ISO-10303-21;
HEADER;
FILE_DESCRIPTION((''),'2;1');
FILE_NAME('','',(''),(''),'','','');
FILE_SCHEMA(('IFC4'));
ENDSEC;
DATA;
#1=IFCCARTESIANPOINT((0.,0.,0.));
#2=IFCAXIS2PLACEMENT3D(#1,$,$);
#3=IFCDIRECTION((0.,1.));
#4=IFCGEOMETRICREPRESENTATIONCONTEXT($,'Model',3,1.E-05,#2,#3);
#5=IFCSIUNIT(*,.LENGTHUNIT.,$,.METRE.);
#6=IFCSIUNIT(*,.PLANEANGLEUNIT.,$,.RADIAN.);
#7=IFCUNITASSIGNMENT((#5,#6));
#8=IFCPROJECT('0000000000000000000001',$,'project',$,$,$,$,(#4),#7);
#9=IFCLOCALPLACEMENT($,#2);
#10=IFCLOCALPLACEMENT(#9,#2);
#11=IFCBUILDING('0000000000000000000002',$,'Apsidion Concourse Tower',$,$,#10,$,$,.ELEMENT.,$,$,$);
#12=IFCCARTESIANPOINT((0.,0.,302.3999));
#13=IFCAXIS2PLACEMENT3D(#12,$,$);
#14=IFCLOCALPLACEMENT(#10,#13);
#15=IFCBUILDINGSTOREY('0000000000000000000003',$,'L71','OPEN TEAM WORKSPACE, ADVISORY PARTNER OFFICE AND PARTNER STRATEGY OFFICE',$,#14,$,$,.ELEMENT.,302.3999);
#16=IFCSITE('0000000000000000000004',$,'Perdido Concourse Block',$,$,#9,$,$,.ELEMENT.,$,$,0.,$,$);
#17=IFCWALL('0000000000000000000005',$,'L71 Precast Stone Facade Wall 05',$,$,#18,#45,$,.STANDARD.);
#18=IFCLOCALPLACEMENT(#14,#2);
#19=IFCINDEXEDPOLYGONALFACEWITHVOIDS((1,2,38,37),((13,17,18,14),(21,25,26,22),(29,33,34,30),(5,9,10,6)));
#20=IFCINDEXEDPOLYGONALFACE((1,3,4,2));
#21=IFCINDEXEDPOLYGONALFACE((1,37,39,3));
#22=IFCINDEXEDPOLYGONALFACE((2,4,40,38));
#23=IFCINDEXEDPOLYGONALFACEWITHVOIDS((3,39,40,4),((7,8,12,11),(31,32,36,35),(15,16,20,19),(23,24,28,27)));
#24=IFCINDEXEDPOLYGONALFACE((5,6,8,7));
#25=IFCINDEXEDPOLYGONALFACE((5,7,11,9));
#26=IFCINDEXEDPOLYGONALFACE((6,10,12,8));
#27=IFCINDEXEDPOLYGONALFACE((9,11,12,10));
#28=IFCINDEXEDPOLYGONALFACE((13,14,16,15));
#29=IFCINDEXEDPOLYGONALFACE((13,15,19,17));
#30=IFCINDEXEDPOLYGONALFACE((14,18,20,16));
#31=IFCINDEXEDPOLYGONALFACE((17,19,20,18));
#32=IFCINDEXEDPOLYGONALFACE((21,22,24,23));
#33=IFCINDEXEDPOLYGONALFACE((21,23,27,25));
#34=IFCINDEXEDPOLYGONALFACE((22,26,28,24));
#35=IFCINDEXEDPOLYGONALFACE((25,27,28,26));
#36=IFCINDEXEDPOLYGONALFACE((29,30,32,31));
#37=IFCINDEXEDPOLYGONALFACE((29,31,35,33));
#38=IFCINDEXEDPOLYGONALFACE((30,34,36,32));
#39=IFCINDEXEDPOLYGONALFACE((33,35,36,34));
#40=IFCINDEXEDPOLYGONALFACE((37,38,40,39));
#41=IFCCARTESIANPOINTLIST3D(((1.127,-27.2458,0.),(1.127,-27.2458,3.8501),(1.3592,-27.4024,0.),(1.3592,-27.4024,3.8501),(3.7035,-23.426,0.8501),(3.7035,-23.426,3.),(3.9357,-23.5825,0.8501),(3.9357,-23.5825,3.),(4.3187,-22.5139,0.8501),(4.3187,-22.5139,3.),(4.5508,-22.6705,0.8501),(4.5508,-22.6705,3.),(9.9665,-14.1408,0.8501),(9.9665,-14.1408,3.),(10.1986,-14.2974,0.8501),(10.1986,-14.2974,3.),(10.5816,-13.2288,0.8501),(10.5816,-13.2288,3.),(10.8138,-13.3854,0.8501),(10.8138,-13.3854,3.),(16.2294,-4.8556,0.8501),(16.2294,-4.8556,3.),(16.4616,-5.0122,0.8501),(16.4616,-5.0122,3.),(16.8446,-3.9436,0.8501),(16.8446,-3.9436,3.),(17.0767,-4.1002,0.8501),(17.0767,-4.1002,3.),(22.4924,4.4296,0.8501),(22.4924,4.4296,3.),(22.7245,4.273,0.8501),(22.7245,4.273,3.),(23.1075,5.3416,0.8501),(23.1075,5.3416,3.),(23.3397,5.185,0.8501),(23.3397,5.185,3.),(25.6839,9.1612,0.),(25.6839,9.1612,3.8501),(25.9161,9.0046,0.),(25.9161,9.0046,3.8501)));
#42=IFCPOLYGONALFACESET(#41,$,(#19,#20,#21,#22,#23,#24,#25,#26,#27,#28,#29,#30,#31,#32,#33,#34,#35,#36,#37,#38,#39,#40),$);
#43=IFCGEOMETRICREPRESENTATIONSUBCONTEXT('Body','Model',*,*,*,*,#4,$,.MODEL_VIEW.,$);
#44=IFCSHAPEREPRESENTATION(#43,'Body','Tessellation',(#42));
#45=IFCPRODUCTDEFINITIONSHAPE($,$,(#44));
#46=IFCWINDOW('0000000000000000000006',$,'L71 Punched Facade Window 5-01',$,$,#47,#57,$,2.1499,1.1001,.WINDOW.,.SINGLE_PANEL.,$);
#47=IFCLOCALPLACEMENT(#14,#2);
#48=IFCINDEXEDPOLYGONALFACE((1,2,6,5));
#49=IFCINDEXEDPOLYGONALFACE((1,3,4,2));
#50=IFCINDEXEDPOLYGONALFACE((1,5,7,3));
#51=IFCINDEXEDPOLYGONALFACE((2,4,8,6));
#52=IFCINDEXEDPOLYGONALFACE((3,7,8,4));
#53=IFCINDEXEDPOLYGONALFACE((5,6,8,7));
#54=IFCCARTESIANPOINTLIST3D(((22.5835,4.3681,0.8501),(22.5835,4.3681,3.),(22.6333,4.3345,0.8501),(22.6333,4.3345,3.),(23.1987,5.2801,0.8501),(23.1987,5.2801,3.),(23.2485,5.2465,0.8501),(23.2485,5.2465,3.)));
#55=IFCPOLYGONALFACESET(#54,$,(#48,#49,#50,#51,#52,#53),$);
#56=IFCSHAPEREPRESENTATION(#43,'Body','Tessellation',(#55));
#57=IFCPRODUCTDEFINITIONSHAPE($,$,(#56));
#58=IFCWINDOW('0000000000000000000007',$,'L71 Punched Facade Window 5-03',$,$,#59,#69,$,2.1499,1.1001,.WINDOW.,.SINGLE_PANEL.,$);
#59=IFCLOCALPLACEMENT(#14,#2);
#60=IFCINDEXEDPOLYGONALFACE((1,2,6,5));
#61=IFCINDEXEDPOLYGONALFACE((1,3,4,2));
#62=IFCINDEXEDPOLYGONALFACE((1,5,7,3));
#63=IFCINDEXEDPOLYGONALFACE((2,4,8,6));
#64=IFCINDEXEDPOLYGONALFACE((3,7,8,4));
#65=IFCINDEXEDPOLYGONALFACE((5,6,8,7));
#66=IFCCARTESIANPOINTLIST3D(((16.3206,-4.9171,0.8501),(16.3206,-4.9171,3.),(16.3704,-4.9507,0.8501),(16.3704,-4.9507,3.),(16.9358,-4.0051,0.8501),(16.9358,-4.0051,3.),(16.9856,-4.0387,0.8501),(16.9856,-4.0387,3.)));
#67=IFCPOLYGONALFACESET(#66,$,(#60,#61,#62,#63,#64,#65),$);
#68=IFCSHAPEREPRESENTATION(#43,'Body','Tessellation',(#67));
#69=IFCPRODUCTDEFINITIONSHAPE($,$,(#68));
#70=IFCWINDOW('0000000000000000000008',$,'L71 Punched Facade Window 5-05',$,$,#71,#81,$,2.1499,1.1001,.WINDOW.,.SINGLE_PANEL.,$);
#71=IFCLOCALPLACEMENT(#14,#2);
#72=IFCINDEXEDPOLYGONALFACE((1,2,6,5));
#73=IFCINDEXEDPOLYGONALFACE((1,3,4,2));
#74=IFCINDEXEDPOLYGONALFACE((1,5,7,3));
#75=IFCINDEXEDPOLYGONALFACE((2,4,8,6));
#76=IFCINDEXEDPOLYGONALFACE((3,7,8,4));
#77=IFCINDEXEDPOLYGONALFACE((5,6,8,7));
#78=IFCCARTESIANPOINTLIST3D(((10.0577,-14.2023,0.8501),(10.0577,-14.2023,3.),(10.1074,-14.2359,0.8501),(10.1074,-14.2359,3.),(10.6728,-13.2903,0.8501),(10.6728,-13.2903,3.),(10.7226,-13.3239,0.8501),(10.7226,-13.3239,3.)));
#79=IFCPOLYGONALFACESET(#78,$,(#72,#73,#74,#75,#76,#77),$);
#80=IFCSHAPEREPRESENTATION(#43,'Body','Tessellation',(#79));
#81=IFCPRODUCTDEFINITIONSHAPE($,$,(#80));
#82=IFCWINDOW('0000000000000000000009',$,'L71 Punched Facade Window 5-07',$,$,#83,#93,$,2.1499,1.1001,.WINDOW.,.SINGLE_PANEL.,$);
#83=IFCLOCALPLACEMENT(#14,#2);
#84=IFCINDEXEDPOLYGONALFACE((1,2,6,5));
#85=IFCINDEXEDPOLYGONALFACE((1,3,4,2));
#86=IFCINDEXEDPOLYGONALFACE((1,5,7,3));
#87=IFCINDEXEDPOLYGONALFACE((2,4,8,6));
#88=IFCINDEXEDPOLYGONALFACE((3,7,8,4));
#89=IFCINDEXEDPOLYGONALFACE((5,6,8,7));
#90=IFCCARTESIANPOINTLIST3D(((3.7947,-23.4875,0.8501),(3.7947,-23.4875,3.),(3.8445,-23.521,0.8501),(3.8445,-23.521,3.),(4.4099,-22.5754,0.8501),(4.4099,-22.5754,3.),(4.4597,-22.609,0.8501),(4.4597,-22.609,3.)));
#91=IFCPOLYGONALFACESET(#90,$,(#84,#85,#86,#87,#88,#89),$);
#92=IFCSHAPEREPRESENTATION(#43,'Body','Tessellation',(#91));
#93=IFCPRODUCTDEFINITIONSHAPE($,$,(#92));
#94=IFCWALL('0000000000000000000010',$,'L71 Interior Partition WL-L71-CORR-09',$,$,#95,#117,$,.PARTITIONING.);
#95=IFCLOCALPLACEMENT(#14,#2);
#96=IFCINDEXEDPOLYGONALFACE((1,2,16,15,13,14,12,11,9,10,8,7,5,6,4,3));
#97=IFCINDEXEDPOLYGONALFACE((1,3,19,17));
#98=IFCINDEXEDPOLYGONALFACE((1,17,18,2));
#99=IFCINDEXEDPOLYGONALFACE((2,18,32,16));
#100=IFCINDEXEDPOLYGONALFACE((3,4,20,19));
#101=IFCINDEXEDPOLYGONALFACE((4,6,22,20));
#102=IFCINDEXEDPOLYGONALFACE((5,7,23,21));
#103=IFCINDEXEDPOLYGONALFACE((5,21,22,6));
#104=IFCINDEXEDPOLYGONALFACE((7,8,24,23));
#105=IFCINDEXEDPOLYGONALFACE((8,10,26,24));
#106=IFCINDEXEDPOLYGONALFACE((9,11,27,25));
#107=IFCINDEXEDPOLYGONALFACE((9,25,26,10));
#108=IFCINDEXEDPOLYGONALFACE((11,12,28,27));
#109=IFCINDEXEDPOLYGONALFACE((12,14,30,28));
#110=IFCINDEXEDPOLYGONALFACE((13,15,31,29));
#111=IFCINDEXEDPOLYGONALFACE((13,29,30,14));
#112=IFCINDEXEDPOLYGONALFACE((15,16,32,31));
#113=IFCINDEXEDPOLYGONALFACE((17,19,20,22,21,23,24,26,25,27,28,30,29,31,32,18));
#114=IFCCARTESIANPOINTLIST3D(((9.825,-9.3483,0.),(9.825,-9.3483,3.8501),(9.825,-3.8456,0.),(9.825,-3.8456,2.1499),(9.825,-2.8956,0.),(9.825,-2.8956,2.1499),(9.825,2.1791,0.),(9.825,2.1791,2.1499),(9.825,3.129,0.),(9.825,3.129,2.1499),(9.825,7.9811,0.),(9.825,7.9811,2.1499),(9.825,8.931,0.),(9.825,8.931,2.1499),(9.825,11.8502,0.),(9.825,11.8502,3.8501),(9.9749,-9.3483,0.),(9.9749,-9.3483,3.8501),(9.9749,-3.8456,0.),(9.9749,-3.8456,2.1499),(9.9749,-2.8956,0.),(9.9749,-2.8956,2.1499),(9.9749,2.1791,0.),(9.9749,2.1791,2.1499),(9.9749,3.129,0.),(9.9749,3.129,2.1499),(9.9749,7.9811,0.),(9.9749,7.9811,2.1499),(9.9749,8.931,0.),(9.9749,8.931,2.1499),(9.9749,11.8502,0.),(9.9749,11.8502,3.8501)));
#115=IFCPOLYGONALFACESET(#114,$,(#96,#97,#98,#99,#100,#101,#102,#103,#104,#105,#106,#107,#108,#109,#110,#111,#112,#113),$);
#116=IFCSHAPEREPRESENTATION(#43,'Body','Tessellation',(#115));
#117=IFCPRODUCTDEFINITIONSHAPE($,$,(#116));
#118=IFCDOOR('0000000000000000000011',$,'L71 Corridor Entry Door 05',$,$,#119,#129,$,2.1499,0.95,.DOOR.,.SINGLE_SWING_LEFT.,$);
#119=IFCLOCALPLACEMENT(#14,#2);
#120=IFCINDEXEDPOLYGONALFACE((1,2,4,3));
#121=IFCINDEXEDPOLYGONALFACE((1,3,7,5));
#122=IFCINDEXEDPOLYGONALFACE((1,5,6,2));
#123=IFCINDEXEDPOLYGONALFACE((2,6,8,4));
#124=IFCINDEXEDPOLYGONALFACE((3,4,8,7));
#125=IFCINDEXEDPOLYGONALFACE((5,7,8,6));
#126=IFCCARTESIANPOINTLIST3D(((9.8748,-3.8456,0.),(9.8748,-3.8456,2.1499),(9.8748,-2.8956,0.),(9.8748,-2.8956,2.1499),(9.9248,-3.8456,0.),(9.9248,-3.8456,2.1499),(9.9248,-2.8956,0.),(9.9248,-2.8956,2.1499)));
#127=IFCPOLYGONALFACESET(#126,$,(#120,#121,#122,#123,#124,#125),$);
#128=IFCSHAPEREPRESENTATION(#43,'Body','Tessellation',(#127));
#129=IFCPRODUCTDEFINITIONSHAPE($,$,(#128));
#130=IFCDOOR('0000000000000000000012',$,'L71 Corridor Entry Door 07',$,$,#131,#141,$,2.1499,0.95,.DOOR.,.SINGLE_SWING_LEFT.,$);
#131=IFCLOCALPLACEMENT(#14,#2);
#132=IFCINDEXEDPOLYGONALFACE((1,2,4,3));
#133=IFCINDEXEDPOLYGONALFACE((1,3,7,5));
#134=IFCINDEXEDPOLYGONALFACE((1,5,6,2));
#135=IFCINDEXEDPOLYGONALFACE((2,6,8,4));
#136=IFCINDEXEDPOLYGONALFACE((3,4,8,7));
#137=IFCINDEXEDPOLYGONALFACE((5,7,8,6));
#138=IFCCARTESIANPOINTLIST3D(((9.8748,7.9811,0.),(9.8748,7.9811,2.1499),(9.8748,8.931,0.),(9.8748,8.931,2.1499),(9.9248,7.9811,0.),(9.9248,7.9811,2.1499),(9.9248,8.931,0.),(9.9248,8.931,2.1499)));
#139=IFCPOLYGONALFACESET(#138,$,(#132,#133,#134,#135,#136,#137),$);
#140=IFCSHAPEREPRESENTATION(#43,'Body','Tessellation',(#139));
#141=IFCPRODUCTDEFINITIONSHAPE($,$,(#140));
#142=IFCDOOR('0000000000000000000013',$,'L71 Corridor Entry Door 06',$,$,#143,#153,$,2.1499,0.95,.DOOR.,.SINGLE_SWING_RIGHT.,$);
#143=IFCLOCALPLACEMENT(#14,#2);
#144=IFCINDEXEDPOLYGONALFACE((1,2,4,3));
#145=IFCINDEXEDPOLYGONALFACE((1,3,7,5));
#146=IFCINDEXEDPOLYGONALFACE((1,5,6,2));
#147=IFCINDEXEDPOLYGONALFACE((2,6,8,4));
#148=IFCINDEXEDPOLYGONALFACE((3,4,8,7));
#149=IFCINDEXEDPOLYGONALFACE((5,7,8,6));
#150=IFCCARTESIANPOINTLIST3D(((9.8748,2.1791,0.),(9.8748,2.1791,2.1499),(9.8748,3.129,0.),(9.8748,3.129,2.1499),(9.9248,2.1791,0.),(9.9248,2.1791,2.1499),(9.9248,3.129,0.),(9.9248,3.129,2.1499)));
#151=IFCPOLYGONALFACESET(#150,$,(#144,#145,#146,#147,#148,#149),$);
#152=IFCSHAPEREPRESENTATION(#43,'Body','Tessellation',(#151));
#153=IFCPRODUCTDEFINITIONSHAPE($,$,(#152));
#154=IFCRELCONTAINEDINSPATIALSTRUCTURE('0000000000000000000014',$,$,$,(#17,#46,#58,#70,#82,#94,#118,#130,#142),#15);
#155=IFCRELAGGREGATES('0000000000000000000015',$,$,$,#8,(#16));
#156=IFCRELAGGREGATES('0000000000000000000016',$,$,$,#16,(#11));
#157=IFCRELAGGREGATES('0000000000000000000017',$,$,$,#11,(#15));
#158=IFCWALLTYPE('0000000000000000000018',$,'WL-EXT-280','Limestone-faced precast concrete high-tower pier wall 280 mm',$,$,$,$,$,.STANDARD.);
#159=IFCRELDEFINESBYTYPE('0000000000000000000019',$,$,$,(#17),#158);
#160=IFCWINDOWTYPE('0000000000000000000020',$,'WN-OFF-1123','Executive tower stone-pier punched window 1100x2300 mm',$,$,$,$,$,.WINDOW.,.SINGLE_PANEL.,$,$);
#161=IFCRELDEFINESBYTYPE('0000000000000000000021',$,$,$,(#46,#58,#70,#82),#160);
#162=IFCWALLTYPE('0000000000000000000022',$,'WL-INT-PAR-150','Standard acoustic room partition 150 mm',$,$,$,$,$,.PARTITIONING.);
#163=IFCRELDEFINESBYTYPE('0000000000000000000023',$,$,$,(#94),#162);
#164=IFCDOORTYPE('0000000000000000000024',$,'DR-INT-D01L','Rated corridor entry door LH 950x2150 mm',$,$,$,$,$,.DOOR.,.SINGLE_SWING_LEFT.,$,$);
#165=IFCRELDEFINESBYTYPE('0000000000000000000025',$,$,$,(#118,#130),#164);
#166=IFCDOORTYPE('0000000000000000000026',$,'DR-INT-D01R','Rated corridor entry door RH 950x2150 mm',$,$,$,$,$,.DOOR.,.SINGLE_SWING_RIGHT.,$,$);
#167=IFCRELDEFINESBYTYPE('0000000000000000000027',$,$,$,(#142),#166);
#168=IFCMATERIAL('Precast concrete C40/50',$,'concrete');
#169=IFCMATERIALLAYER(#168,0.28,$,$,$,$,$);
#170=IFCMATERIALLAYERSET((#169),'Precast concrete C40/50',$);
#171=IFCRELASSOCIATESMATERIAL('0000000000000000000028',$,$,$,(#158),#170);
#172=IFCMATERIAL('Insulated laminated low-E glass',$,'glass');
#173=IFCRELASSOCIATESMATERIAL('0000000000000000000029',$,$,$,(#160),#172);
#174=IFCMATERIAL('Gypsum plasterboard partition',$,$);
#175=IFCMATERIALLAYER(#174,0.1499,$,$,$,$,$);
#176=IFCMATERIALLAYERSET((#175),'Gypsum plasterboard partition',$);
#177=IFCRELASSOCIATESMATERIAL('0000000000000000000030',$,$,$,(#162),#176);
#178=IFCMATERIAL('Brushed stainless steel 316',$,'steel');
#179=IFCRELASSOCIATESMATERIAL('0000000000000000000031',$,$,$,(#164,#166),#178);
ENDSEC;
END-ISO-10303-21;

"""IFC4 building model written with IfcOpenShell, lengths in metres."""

from ifc_helpers import new_model, si_unit, direction, frame, frame_2d, origin, place, context, subcontext, project, spatial, rectangle, extrude, material, layer, layer_set, type_object, element, fill, save


model = new_model("IFC4")

# Units and contexts
model_context = context("Model", 3, precision=1e-05, world=origin(), true_north=direction((0.0, 1.0)))
body_context = subcontext(model_context, "Body", "Model", "MODEL_VIEW")
ifc_project = project(units=[si_unit("LENGTHUNIT", "METRE"), si_unit("PLANEANGLEUNIT", "RADIAN")], contexts=[model_context])

# Site, building, storey
site_placement = place(None, origin())
site = spatial("IfcSite", under=ifc_project, at=site_placement, Name="Perdido Concourse Block", CompositionType="ELEMENT", RefElevation=0.0)
building_placement = place(site_placement, origin())
building = spatial("IfcBuilding", under=site, at=building_placement, Name="Apsidion Concourse Tower", CompositionType="ELEMENT")
storey_placement = place(building_placement, frame((0.0, 0.0, 302.3999)))
storey = spatial("IfcBuildingStorey", under=building, at=storey_placement, Name="L71", Description="OPEN TEAM WORKSPACE, ADVISORY PARTNER OFFICE AND PARTNER STRATEGY OFFICE", CompositionType="ELEMENT", Elevation=302.3999)

# Shared definitions
ifc_material_1 = material(Name="Precast concrete C40/50", Category="concrete")
ifc_layer_1 = layer(ifc_material_1, 0.28)
ifc_layer_set_1 = layer_set([ifc_layer_1], Name="Precast concrete C40/50")
wall_type_1 = type_object("IfcWallType", Name="WL-EXT-280", Description="Limestone-faced precast concrete high-tower pier wall 280 mm", PredefinedType="STANDARD", material=ifc_layer_set_1)

# Wall, openings, windows
wall_1_placement = place(storey_placement, frame((25.8, 9.083, 0.0), z_axis=(0.0, 0.0, 1.0), x_axis=(-0.559194, -0.829037, 0.0)))
wall_1 = element("IfcWall", 1, at=wall_1_placement, inside=storey, type_object=wall_type_1, Name="L71 Precast Stone Facade Wall 05", PredefinedType="STANDARD", context=body_context, shape_type="SweptSolid", body=[
    extrude(rectangle(XDim=43.9148, YDim=0.28, at=frame_2d((21.9575, 0.0))), origin(), (0.0, 0.0, 1.0), 3.8501),
])
opening_1_placement = place(wall_1_placement, frame((4.6074, 0.0, 0.8501)))
opening_1 = element("IfcOpeningElement", 2, at=opening_1_placement, cuts=wall_1, PredefinedType="OPENING", context=body_context, shape_type="SweptSolid", body=[
    extrude(rectangle(XDim=1.1001, YDim=2.1499, at=frame_2d((0.55, 1.075))), frame((0.0, 0.1499, 0.0), z_axis=(0.0, -1.0, 0.0), x_axis=(1.0, 0.0, 0.0)), (0.0, 0.0, 1.0), 0.3),
])
opening_2_placement = place(wall_1_placement, frame((15.8074, 0.0, 0.8501)))
opening_2 = element("IfcOpeningElement", 3, at=opening_2_placement, cuts=wall_1, PredefinedType="OPENING", context=body_context, shape_type="SweptSolid", body=[
    extrude(rectangle(XDim=1.1001, YDim=2.1499, at=frame_2d((0.55, 1.075))), frame((0.0, 0.1499, 0.0), z_axis=(0.0, -1.0, 0.0), x_axis=(1.0, 0.0, 0.0)), (0.0, 0.0, 1.0), 0.3),
])
opening_3_placement = place(wall_1_placement, frame((27.0073, 0.0, 0.8501)))
opening_3 = element("IfcOpeningElement", 4, at=opening_3_placement, cuts=wall_1, PredefinedType="OPENING", context=body_context, shape_type="SweptSolid", body=[
    extrude(rectangle(XDim=1.1001, YDim=2.1499, at=frame_2d((0.55, 1.075))), frame((0.0, 0.1499, 0.0), z_axis=(0.0, -1.0, 0.0), x_axis=(1.0, 0.0, 0.0)), (0.0, 0.0, 1.0), 0.3),
])
opening_4_placement = place(wall_1_placement, frame((38.2073, 0.0, 0.8501)))
opening_4 = element("IfcOpeningElement", 5, at=opening_4_placement, cuts=wall_1, PredefinedType="OPENING", context=body_context, shape_type="SweptSolid", body=[
    extrude(rectangle(XDim=1.1001, YDim=2.1499, at=frame_2d((0.55, 1.075))), frame((0.0, 0.1499, 0.0), z_axis=(0.0, -1.0, 0.0), x_axis=(1.0, 0.0, 0.0)), (0.0, 0.0, 1.0), 0.3),
])
ifc_material_2 = material(Name="Insulated laminated low-E glass", Category="glass")
window_type = type_object("IfcWindowType", Name="WN-OFF-1123", Description="Executive tower stone-pier punched window 1100x2300 mm", PartitioningType="SINGLE_PANEL", PredefinedType="WINDOW", material=ifc_material_2)
window_1_placement = place(opening_1_placement, origin())
window_1 = element("IfcWindow", 6, at=window_1_placement, inside=storey, type_object=window_type, Name="L71 Punched Facade Window 5-01", OverallHeight=2.1499, OverallWidth=1.1001, PartitioningType="SINGLE_PANEL", PredefinedType="WINDOW", context=body_context, shape_type="SweptSolid", body=[
    extrude(rectangle(XDim=1.1001, YDim=2.1499, at=frame_2d((0.55, 1.075))), frame((0.0, 0.03, 0.0), z_axis=(0.0, -1.0, 0.0), x_axis=(1.0, 0.0, 0.0)), (0.0, 0.0, 1.0), 0.0601),
])
fill(opening_1, window_1)
window_2_placement = place(opening_2_placement, origin())
window_2 = element("IfcWindow", 7, at=window_2_placement, inside=storey, type_object=window_type, Name="L71 Punched Facade Window 5-03", OverallHeight=2.1499, OverallWidth=1.1001, PartitioningType="SINGLE_PANEL", PredefinedType="WINDOW", context=body_context, shape_type="SweptSolid", body=[
    extrude(rectangle(XDim=1.1001, YDim=2.1499, at=frame_2d((0.55, 1.075))), frame((0.0, 0.03, 0.0), z_axis=(0.0, -1.0, 0.0), x_axis=(1.0, 0.0, 0.0)), (0.0, 0.0, 1.0), 0.0601),
])
fill(opening_2, window_2)
window_3_placement = place(opening_3_placement, origin())
window_3 = element("IfcWindow", 8, at=window_3_placement, inside=storey, type_object=window_type, Name="L71 Punched Facade Window 5-05", OverallHeight=2.1499, OverallWidth=1.1001, PartitioningType="SINGLE_PANEL", PredefinedType="WINDOW", context=body_context, shape_type="SweptSolid", body=[
    extrude(rectangle(XDim=1.1001, YDim=2.1499, at=frame_2d((0.55, 1.075))), frame((0.0, 0.03, 0.0), z_axis=(0.0, -1.0, 0.0), x_axis=(1.0, 0.0, 0.0)), (0.0, 0.0, 1.0), 0.0601),
])
fill(opening_3, window_3)
window_4_placement = place(opening_4_placement, origin())
window_4 = element("IfcWindow", 9, at=window_4_placement, inside=storey, type_object=window_type, Name="L71 Punched Facade Window 5-07", OverallHeight=2.1499, OverallWidth=1.1001, PartitioningType="SINGLE_PANEL", PredefinedType="WINDOW", context=body_context, shape_type="SweptSolid", body=[
    extrude(rectangle(XDim=1.1001, YDim=2.1499, at=frame_2d((0.55, 1.075))), frame((0.0, 0.03, 0.0), z_axis=(0.0, -1.0, 0.0), x_axis=(1.0, 0.0, 0.0)), (0.0, 0.0, 1.0), 0.0601),
])
fill(opening_4, window_4)

# Wall, openings, doors
ifc_material_3 = material(Name="Gypsum plasterboard partition")
ifc_layer_2 = layer(ifc_material_3, 0.1499)
ifc_layer_set_2 = layer_set([ifc_layer_2], Name="Gypsum plasterboard partition")
wall_type_2 = type_object("IfcWallType", Name="WL-INT-PAR-150", Description="Standard acoustic room partition 150 mm", PredefinedType="PARTITIONING", material=ifc_layer_set_2)
wall_2_placement = place(storey_placement, frame((9.8999, 11.8501, 0.0), z_axis=(0.0, 0.0, 1.0), x_axis=(0.0, -1.0, 0.0)))
wall_2 = element("IfcWall", 10, at=wall_2_placement, inside=storey, type_object=wall_type_2, Name="L71 Interior Partition WL-L71-CORR-09", PredefinedType="PARTITIONING", context=body_context, shape_type="SweptSolid", body=[
    extrude(rectangle(XDim=21.1985, YDim=0.1499, at=frame_2d((10.5991, 0.0))), origin(), (0.0, 0.0, 1.0), 3.8501),
])
opening_5_placement = place(wall_2_placement, frame((14.7456, 0.0, 0.0)))
opening_5 = element("IfcOpeningElement", 11, at=opening_5_placement, cuts=wall_2, PredefinedType="OPENING", context=body_context, shape_type="SweptSolid", body=[
    extrude(rectangle(XDim=0.95, YDim=2.1499, at=frame_2d((0.4751, 1.075))), frame((0.0, 0.085, 0.0), z_axis=(0.0, -1.0, 0.0), x_axis=(1.0, 0.0, 0.0)), (0.0, 0.0, 1.0), 0.1699),
])
opening_6_placement = place(wall_2_placement, frame((8.7209, 0.0, 0.0)))
opening_6 = element("IfcOpeningElement", 12, at=opening_6_placement, cuts=wall_2, PredefinedType="OPENING", context=body_context, shape_type="SweptSolid", body=[
    extrude(rectangle(XDim=0.95, YDim=2.1499, at=frame_2d((0.4751, 1.075))), frame((0.0, 0.085, 0.0), z_axis=(0.0, -1.0, 0.0), x_axis=(1.0, 0.0, 0.0)), (0.0, 0.0, 1.0), 0.1699),
])
opening_7_placement = place(wall_2_placement, frame((2.9189, 0.0, 0.0)))
opening_7 = element("IfcOpeningElement", 13, at=opening_7_placement, cuts=wall_2, PredefinedType="OPENING", context=body_context, shape_type="SweptSolid", body=[
    extrude(rectangle(XDim=0.95, YDim=2.1499, at=frame_2d((0.4751, 1.075))), frame((0.0, 0.085, 0.0), z_axis=(0.0, -1.0, 0.0), x_axis=(1.0, 0.0, 0.0)), (0.0, 0.0, 1.0), 0.1699),
])
ifc_material_4 = material(Name="Brushed stainless steel 316", Category="steel")
door_type_1 = type_object("IfcDoorType", Name="DR-INT-D01L", Description="Rated corridor entry door LH 950x2150 mm", OperationType="SINGLE_SWING_LEFT", PredefinedType="DOOR", material=ifc_material_4)
door_1_placement = place(opening_5_placement, origin())
door_1 = element("IfcDoor", 14, at=door_1_placement, inside=storey, type_object=door_type_1, Name="L71 Corridor Entry Door 05", OperationType="SINGLE_SWING_LEFT", OverallHeight=2.1499, OverallWidth=0.95, PredefinedType="DOOR", context=body_context, shape_type="SweptSolid", body=[
    extrude(rectangle(XDim=0.95, YDim=2.1499, at=frame_2d((0.4751, 1.075))), frame((0.0, 0.0249, 0.0), z_axis=(0.0, -1.0, 0.0), x_axis=(1.0, 0.0, 0.0)), (0.0, 0.0, 1.0), 0.05),
])
fill(opening_5, door_1)
door_2_placement = place(opening_7_placement, origin())
door_2 = element("IfcDoor", 15, at=door_2_placement, inside=storey, type_object=door_type_1, Name="L71 Corridor Entry Door 07", OperationType="SINGLE_SWING_LEFT", OverallHeight=2.1499, OverallWidth=0.95, PredefinedType="DOOR", context=body_context, shape_type="SweptSolid", body=[
    extrude(rectangle(XDim=0.95, YDim=2.1499, at=frame_2d((0.4751, 1.075))), frame((0.0, 0.0249, 0.0), z_axis=(0.0, -1.0, 0.0), x_axis=(1.0, 0.0, 0.0)), (0.0, 0.0, 1.0), 0.05),
])
fill(opening_7, door_2)
door_type_2 = type_object("IfcDoorType", Name="DR-INT-D01R", Description="Rated corridor entry door RH 950x2150 mm", OperationType="SINGLE_SWING_RIGHT", PredefinedType="DOOR", material=ifc_material_4)
door_3_placement = place(opening_6_placement, origin())
door_3 = element("IfcDoor", 16, at=door_3_placement, inside=storey, type_object=door_type_2, Name="L71 Corridor Entry Door 06", OperationType="SINGLE_SWING_RIGHT", OverallHeight=2.1499, OverallWidth=0.95, PredefinedType="DOOR", context=body_context, shape_type="SweptSolid", body=[
    extrude(rectangle(XDim=0.95, YDim=2.1499, at=frame_2d((0.4751, 1.075))), frame((0.0, 0.0249, 0.0), z_axis=(0.0, -1.0, 0.0), x_axis=(1.0, 0.0, 0.0)), (0.0, 0.0, 1.0), 0.05),
])
fill(opening_6, door_3)

save(model, "model.ifc")
